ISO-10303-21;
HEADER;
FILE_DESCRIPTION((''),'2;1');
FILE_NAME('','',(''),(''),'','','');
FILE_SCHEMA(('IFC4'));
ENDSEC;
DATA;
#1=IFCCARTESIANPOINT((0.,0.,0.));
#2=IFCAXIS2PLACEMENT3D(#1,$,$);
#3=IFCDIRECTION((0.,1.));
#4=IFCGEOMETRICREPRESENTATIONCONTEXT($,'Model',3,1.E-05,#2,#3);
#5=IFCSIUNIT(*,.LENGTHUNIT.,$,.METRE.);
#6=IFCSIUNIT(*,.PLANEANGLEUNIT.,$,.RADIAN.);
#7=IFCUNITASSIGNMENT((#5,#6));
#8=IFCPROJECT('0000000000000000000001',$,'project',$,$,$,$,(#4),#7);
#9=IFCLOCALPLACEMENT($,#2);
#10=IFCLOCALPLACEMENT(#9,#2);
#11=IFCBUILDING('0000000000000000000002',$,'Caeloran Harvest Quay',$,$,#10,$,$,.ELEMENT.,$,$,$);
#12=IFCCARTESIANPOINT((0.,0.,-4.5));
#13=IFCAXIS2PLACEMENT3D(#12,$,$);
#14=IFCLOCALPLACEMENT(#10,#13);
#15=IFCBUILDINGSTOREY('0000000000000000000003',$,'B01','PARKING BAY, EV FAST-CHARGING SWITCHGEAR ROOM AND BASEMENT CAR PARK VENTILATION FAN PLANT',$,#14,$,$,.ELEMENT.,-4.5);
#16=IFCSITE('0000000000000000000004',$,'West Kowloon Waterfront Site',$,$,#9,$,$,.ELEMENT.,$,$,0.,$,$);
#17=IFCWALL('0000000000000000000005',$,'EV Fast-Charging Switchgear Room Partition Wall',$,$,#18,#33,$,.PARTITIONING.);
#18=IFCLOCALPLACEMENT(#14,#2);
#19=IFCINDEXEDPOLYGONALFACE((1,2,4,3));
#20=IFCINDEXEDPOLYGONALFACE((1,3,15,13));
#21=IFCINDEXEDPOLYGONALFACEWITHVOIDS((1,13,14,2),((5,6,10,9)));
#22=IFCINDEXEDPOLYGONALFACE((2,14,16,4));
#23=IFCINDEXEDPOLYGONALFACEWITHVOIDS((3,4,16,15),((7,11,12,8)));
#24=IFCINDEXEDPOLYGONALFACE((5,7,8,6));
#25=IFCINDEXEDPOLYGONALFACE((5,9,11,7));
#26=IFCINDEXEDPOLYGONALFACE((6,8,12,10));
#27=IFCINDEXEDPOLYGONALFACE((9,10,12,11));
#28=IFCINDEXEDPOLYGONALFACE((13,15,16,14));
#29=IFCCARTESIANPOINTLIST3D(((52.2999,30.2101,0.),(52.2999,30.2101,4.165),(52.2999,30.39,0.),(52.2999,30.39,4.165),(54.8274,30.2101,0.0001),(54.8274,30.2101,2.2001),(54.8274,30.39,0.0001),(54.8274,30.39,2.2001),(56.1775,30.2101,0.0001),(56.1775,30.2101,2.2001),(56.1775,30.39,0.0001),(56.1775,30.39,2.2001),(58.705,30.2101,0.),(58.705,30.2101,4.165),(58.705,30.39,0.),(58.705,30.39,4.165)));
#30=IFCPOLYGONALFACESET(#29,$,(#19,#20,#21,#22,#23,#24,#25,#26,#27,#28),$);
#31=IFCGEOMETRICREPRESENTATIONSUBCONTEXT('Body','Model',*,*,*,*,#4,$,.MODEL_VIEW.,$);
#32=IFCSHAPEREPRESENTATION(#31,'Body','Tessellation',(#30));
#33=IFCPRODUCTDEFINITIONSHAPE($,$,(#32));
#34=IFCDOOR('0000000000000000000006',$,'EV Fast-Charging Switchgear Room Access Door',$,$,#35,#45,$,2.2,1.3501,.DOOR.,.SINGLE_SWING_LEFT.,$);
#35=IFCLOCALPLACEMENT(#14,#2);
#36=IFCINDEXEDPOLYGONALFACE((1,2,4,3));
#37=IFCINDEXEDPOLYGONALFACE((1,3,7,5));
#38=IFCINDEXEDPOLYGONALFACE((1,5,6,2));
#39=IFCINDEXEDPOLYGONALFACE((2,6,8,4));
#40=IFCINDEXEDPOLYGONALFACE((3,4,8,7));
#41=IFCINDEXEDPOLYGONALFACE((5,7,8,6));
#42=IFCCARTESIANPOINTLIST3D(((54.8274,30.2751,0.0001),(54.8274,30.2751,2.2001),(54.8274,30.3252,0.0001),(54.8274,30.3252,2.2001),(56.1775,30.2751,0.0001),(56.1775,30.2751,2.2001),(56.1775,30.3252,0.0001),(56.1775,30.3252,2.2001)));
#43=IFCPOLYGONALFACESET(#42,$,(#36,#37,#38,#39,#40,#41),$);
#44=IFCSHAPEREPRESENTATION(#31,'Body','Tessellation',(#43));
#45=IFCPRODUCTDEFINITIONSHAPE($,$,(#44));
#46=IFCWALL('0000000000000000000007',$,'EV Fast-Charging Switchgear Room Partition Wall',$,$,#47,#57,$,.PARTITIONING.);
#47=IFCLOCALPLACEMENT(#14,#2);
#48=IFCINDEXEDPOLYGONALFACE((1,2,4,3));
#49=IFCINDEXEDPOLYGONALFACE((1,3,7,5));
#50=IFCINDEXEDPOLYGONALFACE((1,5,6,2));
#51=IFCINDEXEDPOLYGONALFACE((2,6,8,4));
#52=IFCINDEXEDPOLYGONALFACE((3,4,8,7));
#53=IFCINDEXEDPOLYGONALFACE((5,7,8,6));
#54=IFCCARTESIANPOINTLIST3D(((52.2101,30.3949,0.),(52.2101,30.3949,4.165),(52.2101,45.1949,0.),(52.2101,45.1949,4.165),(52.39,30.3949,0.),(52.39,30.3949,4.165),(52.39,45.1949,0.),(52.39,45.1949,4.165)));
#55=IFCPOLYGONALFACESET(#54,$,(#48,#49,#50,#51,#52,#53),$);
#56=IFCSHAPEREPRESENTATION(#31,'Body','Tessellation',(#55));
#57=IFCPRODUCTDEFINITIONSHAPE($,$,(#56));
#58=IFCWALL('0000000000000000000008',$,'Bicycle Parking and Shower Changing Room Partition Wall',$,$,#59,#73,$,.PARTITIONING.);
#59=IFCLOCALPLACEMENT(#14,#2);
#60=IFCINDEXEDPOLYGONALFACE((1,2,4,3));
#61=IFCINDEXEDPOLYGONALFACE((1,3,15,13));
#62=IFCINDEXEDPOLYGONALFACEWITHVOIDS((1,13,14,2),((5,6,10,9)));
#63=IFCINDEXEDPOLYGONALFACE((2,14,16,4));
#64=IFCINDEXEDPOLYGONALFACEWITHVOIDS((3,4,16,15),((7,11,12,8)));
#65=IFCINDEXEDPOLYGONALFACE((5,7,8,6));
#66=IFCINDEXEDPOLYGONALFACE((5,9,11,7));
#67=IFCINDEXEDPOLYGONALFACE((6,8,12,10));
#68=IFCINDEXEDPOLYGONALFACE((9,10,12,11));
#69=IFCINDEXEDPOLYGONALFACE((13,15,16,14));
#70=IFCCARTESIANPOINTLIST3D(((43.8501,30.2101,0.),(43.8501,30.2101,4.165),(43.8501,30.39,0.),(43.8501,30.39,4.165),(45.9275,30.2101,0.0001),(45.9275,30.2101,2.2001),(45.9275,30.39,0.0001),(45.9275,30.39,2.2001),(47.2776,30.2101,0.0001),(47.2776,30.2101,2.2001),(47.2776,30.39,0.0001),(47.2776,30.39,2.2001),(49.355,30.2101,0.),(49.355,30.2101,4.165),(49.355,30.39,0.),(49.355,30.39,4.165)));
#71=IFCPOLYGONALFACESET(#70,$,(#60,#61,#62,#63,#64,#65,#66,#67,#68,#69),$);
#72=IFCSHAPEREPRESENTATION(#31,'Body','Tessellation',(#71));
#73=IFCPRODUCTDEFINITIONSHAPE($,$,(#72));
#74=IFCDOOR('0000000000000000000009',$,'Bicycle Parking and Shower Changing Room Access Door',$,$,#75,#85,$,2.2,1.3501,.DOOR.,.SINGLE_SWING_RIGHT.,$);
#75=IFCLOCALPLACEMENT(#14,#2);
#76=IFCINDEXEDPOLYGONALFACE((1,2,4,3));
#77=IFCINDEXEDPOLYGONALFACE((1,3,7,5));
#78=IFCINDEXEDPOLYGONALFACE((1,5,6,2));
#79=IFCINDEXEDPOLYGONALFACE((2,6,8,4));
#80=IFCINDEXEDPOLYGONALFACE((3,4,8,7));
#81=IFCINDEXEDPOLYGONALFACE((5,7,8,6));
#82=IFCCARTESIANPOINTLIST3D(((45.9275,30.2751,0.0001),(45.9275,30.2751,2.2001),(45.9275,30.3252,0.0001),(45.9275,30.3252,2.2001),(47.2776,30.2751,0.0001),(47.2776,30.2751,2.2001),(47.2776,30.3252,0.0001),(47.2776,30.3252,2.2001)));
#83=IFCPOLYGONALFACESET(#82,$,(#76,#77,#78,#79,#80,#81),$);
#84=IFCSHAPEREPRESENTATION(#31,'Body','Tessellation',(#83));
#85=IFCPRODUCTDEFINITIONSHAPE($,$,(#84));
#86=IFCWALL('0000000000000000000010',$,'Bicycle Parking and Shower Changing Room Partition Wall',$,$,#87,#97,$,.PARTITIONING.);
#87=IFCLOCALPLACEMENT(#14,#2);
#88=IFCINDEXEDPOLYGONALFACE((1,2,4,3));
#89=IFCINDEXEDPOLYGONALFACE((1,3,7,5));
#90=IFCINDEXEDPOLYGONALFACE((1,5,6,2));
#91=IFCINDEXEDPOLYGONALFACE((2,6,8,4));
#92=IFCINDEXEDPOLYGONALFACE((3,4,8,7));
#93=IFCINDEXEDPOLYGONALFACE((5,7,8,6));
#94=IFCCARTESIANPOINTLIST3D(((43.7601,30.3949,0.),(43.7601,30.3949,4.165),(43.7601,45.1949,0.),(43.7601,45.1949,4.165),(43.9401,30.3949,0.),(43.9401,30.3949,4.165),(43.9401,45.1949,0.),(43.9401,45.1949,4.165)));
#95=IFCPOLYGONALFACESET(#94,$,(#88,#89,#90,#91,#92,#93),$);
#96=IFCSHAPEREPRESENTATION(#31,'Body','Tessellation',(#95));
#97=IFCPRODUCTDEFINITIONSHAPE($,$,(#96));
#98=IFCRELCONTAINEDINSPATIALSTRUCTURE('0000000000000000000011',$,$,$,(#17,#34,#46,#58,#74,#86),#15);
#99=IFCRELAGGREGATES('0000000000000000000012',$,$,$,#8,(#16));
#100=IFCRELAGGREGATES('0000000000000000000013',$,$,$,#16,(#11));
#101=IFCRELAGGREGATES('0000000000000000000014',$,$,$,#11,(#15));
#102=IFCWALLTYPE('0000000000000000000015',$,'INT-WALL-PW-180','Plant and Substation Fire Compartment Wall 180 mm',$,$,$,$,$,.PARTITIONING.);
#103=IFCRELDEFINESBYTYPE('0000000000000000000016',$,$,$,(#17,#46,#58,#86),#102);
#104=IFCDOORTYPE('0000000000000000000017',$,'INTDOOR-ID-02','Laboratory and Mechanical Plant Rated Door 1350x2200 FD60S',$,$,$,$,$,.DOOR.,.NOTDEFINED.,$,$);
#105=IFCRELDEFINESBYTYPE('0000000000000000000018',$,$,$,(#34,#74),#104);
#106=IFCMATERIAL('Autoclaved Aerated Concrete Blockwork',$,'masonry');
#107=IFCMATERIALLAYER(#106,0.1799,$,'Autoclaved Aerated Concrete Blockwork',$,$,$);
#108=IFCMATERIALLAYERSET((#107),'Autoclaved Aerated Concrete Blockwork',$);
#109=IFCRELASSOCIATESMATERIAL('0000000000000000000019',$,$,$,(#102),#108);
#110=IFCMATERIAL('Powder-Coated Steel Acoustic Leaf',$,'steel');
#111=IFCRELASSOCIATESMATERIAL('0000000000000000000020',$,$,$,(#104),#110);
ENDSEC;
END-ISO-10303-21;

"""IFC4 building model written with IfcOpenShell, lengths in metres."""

from ifc_helpers import new_model, si_unit, direction, frame, frame_2d, origin, place, context, subcontext, project, spatial, rectangle, extrude, material, layer, layer_set, type_object, element, fill, save


model = new_model("IFC4")

# Units and contexts
model_context = context("Model", 3, precision=1e-05, world=origin(), true_north=direction((0.0, 1.0)))
body_context = subcontext(model_context, "Body", "Model", "MODEL_VIEW")
ifc_project = project(units=[si_unit("LENGTHUNIT", "METRE"), si_unit("PLANEANGLEUNIT", "RADIAN")], contexts=[model_context])

# Site, building, storey
site_placement = place(None, origin())
site = spatial("IfcSite", under=ifc_project, at=site_placement, Name="West Kowloon Waterfront Site", CompositionType="ELEMENT", RefElevation=0.0)
building_placement = place(site_placement, origin())
building = spatial("IfcBuilding", under=site, at=building_placement, Name="Caeloran Harvest Quay", CompositionType="ELEMENT")
storey_placement = place(building_placement, frame((0.0, 0.0, -4.5)))
storey = spatial("IfcBuildingStorey", under=building, at=storey_placement, Name="B01", Description="PARKING BAY, EV FAST-CHARGING SWITCHGEAR ROOM AND BASEMENT CAR PARK VENTILATION FAN PLANT", CompositionType="ELEMENT", Elevation=-4.5)

# Shared definitions
ifc_material_1 = material(Name="Autoclaved Aerated Concrete Blockwork", Category="masonry")
ifc_layer = layer(ifc_material_1, 0.1799, Name="Autoclaved Aerated Concrete Blockwork")
ifc_layer_set = layer_set([ifc_layer], Name="Autoclaved Aerated Concrete Blockwork")
wall_type = type_object("IfcWallType", Name="INT-WALL-PW-180", Description="Plant and Substation Fire Compartment Wall 180 mm", PredefinedType="PARTITIONING", material=ifc_layer_set)

# Wall, opening, door
ifc_material_2 = material(Name="Powder-Coated Steel Acoustic Leaf", Category="steel")
door_type = type_object("IfcDoorType", Name="INTDOOR-ID-02", Description="Laboratory and Mechanical Plant Rated Door 1350x2200 FD60S", OperationType="NOTDEFINED", PredefinedType="DOOR", material=ifc_material_2)
wall_1_placement = place(storey_placement, frame((58.7051, 30.3, 0.0), z_axis=(0.0, 0.0, 1.0), x_axis=(-1.0, 0.0, 0.0)))
wall_1 = element("IfcWall", 1, at=wall_1_placement, inside=storey, type_object=wall_type, Name="EV Fast-Charging Switchgear Room Partition Wall", PredefinedType="PARTITIONING", context=body_context, shape_type="SweptSolid", body=[
    extrude(rectangle(XDim=6.405, YDim=0.1799, at=frame_2d((3.2026, 0.0))), origin(), (0.0, 0.0, 1.0), 4.165),
])
opening_1_placement = place(wall_1_placement, frame((2.5276, 0.0, 0.0)))
opening_1 = element("IfcOpeningElement", 2, at=opening_1_placement, cuts=wall_1, PredefinedType="OPENING", context=body_context, shape_type="SweptSolid", body=[
    extrude(rectangle(XDim=1.3501, YDim=2.2, at=frame_2d((0.675, 1.1001))), frame((0.0, 0.1001, 0.0), z_axis=(0.0, -1.0, 0.0), x_axis=(1.0, 0.0, 0.0)), (0.0, 0.0, 1.0), 0.2),
])
door_1_placement = place(opening_1_placement, origin())
door_1 = element("IfcDoor", 3, at=door_1_placement, inside=storey, type_object=door_type, Name="EV Fast-Charging Switchgear Room Access Door", OperationType="SINGLE_SWING_LEFT", OverallHeight=2.2, OverallWidth=1.3501, PredefinedType="DOOR", context=body_context, shape_type="SweptSolid", body=[
    extrude(rectangle(XDim=1.3501, YDim=2.2, at=frame_2d((0.675, 1.1001))), frame((0.0, 0.0249, 0.0), z_axis=(0.0, -1.0, 0.0), x_axis=(1.0, 0.0, 0.0)), (0.0, 0.0, 1.0), 0.05),
])
fill(opening_1, door_1)

# Wall
wall_2_placement = place(storey_placement, frame((52.3, 30.395, 0.0), z_axis=(0.0, 0.0, 1.0), x_axis=(0.0, 1.0, 0.0)))
element("IfcWall", 4, at=wall_2_placement, inside=storey, type_object=wall_type, Name="EV Fast-Charging Switchgear Room Partition Wall", PredefinedType="PARTITIONING", context=body_context, shape_type="SweptSolid", body=[
    extrude(rectangle(XDim=14.8, YDim=0.1799, at=frame_2d((7.3999, 0.0))), origin(), (0.0, 0.0, 1.0), 4.165),
])

# Wall, opening, door
wall_3_placement = place(storey_placement, frame((49.355, 30.3, 0.0), z_axis=(0.0, 0.0, 1.0), x_axis=(-1.0, 0.0, 0.0)))
wall_3 = element("IfcWall", 5, at=wall_3_placement, inside=storey, type_object=wall_type, Name="Bicycle Parking and Shower Changing Room Partition Wall", PredefinedType="PARTITIONING", context=body_context, shape_type="SweptSolid", body=[
    extrude(rectangle(XDim=5.5049, YDim=0.1799, at=frame_2d((2.7524, 0.0))), origin(), (0.0, 0.0, 1.0), 4.165),
])
opening_2_placement = place(wall_3_placement, frame((2.0774, 0.0, 0.0)))
opening_2 = element("IfcOpeningElement", 6, at=opening_2_placement, cuts=wall_3, PredefinedType="OPENING", context=body_context, shape_type="SweptSolid", body=[
    extrude(rectangle(XDim=1.3501, YDim=2.2, at=frame_2d((0.675, 1.1001))), frame((0.0, 0.1001, 0.0), z_axis=(0.0, -1.0, 0.0), x_axis=(1.0, 0.0, 0.0)), (0.0, 0.0, 1.0), 0.2),
])
door_2_placement = place(opening_2_placement, origin())
door_2 = element("IfcDoor", 7, at=door_2_placement, inside=storey, type_object=door_type, Name="Bicycle Parking and Shower Changing Room Access Door", OperationType="SINGLE_SWING_RIGHT", OverallHeight=2.2, OverallWidth=1.3501, PredefinedType="DOOR", context=body_context, shape_type="SweptSolid", body=[
    extrude(rectangle(XDim=1.3501, YDim=2.2, at=frame_2d((0.675, 1.1001))), frame((0.0, 0.0249, 0.0), z_axis=(0.0, -1.0, 0.0), x_axis=(1.0, 0.0, 0.0)), (0.0, 0.0, 1.0), 0.05),
])
fill(opening_2, door_2)

# Wall
wall_4_placement = place(storey_placement, frame((43.8501, 30.395, 0.0), z_axis=(0.0, 0.0, 1.0), x_axis=(0.0, 1.0, 0.0)))
element("IfcWall", 8, at=wall_4_placement, inside=storey, type_object=wall_type, Name="Bicycle Parking and Shower Changing Room Partition Wall", PredefinedType="PARTITIONING", context=body_context, shape_type="SweptSolid", body=[
    extrude(rectangle(XDim=14.8, YDim=0.1799, at=frame_2d((7.3999, 0.0))), origin(), (0.0, 0.0, 1.0), 4.165),
])

save(model, "model.ifc")
